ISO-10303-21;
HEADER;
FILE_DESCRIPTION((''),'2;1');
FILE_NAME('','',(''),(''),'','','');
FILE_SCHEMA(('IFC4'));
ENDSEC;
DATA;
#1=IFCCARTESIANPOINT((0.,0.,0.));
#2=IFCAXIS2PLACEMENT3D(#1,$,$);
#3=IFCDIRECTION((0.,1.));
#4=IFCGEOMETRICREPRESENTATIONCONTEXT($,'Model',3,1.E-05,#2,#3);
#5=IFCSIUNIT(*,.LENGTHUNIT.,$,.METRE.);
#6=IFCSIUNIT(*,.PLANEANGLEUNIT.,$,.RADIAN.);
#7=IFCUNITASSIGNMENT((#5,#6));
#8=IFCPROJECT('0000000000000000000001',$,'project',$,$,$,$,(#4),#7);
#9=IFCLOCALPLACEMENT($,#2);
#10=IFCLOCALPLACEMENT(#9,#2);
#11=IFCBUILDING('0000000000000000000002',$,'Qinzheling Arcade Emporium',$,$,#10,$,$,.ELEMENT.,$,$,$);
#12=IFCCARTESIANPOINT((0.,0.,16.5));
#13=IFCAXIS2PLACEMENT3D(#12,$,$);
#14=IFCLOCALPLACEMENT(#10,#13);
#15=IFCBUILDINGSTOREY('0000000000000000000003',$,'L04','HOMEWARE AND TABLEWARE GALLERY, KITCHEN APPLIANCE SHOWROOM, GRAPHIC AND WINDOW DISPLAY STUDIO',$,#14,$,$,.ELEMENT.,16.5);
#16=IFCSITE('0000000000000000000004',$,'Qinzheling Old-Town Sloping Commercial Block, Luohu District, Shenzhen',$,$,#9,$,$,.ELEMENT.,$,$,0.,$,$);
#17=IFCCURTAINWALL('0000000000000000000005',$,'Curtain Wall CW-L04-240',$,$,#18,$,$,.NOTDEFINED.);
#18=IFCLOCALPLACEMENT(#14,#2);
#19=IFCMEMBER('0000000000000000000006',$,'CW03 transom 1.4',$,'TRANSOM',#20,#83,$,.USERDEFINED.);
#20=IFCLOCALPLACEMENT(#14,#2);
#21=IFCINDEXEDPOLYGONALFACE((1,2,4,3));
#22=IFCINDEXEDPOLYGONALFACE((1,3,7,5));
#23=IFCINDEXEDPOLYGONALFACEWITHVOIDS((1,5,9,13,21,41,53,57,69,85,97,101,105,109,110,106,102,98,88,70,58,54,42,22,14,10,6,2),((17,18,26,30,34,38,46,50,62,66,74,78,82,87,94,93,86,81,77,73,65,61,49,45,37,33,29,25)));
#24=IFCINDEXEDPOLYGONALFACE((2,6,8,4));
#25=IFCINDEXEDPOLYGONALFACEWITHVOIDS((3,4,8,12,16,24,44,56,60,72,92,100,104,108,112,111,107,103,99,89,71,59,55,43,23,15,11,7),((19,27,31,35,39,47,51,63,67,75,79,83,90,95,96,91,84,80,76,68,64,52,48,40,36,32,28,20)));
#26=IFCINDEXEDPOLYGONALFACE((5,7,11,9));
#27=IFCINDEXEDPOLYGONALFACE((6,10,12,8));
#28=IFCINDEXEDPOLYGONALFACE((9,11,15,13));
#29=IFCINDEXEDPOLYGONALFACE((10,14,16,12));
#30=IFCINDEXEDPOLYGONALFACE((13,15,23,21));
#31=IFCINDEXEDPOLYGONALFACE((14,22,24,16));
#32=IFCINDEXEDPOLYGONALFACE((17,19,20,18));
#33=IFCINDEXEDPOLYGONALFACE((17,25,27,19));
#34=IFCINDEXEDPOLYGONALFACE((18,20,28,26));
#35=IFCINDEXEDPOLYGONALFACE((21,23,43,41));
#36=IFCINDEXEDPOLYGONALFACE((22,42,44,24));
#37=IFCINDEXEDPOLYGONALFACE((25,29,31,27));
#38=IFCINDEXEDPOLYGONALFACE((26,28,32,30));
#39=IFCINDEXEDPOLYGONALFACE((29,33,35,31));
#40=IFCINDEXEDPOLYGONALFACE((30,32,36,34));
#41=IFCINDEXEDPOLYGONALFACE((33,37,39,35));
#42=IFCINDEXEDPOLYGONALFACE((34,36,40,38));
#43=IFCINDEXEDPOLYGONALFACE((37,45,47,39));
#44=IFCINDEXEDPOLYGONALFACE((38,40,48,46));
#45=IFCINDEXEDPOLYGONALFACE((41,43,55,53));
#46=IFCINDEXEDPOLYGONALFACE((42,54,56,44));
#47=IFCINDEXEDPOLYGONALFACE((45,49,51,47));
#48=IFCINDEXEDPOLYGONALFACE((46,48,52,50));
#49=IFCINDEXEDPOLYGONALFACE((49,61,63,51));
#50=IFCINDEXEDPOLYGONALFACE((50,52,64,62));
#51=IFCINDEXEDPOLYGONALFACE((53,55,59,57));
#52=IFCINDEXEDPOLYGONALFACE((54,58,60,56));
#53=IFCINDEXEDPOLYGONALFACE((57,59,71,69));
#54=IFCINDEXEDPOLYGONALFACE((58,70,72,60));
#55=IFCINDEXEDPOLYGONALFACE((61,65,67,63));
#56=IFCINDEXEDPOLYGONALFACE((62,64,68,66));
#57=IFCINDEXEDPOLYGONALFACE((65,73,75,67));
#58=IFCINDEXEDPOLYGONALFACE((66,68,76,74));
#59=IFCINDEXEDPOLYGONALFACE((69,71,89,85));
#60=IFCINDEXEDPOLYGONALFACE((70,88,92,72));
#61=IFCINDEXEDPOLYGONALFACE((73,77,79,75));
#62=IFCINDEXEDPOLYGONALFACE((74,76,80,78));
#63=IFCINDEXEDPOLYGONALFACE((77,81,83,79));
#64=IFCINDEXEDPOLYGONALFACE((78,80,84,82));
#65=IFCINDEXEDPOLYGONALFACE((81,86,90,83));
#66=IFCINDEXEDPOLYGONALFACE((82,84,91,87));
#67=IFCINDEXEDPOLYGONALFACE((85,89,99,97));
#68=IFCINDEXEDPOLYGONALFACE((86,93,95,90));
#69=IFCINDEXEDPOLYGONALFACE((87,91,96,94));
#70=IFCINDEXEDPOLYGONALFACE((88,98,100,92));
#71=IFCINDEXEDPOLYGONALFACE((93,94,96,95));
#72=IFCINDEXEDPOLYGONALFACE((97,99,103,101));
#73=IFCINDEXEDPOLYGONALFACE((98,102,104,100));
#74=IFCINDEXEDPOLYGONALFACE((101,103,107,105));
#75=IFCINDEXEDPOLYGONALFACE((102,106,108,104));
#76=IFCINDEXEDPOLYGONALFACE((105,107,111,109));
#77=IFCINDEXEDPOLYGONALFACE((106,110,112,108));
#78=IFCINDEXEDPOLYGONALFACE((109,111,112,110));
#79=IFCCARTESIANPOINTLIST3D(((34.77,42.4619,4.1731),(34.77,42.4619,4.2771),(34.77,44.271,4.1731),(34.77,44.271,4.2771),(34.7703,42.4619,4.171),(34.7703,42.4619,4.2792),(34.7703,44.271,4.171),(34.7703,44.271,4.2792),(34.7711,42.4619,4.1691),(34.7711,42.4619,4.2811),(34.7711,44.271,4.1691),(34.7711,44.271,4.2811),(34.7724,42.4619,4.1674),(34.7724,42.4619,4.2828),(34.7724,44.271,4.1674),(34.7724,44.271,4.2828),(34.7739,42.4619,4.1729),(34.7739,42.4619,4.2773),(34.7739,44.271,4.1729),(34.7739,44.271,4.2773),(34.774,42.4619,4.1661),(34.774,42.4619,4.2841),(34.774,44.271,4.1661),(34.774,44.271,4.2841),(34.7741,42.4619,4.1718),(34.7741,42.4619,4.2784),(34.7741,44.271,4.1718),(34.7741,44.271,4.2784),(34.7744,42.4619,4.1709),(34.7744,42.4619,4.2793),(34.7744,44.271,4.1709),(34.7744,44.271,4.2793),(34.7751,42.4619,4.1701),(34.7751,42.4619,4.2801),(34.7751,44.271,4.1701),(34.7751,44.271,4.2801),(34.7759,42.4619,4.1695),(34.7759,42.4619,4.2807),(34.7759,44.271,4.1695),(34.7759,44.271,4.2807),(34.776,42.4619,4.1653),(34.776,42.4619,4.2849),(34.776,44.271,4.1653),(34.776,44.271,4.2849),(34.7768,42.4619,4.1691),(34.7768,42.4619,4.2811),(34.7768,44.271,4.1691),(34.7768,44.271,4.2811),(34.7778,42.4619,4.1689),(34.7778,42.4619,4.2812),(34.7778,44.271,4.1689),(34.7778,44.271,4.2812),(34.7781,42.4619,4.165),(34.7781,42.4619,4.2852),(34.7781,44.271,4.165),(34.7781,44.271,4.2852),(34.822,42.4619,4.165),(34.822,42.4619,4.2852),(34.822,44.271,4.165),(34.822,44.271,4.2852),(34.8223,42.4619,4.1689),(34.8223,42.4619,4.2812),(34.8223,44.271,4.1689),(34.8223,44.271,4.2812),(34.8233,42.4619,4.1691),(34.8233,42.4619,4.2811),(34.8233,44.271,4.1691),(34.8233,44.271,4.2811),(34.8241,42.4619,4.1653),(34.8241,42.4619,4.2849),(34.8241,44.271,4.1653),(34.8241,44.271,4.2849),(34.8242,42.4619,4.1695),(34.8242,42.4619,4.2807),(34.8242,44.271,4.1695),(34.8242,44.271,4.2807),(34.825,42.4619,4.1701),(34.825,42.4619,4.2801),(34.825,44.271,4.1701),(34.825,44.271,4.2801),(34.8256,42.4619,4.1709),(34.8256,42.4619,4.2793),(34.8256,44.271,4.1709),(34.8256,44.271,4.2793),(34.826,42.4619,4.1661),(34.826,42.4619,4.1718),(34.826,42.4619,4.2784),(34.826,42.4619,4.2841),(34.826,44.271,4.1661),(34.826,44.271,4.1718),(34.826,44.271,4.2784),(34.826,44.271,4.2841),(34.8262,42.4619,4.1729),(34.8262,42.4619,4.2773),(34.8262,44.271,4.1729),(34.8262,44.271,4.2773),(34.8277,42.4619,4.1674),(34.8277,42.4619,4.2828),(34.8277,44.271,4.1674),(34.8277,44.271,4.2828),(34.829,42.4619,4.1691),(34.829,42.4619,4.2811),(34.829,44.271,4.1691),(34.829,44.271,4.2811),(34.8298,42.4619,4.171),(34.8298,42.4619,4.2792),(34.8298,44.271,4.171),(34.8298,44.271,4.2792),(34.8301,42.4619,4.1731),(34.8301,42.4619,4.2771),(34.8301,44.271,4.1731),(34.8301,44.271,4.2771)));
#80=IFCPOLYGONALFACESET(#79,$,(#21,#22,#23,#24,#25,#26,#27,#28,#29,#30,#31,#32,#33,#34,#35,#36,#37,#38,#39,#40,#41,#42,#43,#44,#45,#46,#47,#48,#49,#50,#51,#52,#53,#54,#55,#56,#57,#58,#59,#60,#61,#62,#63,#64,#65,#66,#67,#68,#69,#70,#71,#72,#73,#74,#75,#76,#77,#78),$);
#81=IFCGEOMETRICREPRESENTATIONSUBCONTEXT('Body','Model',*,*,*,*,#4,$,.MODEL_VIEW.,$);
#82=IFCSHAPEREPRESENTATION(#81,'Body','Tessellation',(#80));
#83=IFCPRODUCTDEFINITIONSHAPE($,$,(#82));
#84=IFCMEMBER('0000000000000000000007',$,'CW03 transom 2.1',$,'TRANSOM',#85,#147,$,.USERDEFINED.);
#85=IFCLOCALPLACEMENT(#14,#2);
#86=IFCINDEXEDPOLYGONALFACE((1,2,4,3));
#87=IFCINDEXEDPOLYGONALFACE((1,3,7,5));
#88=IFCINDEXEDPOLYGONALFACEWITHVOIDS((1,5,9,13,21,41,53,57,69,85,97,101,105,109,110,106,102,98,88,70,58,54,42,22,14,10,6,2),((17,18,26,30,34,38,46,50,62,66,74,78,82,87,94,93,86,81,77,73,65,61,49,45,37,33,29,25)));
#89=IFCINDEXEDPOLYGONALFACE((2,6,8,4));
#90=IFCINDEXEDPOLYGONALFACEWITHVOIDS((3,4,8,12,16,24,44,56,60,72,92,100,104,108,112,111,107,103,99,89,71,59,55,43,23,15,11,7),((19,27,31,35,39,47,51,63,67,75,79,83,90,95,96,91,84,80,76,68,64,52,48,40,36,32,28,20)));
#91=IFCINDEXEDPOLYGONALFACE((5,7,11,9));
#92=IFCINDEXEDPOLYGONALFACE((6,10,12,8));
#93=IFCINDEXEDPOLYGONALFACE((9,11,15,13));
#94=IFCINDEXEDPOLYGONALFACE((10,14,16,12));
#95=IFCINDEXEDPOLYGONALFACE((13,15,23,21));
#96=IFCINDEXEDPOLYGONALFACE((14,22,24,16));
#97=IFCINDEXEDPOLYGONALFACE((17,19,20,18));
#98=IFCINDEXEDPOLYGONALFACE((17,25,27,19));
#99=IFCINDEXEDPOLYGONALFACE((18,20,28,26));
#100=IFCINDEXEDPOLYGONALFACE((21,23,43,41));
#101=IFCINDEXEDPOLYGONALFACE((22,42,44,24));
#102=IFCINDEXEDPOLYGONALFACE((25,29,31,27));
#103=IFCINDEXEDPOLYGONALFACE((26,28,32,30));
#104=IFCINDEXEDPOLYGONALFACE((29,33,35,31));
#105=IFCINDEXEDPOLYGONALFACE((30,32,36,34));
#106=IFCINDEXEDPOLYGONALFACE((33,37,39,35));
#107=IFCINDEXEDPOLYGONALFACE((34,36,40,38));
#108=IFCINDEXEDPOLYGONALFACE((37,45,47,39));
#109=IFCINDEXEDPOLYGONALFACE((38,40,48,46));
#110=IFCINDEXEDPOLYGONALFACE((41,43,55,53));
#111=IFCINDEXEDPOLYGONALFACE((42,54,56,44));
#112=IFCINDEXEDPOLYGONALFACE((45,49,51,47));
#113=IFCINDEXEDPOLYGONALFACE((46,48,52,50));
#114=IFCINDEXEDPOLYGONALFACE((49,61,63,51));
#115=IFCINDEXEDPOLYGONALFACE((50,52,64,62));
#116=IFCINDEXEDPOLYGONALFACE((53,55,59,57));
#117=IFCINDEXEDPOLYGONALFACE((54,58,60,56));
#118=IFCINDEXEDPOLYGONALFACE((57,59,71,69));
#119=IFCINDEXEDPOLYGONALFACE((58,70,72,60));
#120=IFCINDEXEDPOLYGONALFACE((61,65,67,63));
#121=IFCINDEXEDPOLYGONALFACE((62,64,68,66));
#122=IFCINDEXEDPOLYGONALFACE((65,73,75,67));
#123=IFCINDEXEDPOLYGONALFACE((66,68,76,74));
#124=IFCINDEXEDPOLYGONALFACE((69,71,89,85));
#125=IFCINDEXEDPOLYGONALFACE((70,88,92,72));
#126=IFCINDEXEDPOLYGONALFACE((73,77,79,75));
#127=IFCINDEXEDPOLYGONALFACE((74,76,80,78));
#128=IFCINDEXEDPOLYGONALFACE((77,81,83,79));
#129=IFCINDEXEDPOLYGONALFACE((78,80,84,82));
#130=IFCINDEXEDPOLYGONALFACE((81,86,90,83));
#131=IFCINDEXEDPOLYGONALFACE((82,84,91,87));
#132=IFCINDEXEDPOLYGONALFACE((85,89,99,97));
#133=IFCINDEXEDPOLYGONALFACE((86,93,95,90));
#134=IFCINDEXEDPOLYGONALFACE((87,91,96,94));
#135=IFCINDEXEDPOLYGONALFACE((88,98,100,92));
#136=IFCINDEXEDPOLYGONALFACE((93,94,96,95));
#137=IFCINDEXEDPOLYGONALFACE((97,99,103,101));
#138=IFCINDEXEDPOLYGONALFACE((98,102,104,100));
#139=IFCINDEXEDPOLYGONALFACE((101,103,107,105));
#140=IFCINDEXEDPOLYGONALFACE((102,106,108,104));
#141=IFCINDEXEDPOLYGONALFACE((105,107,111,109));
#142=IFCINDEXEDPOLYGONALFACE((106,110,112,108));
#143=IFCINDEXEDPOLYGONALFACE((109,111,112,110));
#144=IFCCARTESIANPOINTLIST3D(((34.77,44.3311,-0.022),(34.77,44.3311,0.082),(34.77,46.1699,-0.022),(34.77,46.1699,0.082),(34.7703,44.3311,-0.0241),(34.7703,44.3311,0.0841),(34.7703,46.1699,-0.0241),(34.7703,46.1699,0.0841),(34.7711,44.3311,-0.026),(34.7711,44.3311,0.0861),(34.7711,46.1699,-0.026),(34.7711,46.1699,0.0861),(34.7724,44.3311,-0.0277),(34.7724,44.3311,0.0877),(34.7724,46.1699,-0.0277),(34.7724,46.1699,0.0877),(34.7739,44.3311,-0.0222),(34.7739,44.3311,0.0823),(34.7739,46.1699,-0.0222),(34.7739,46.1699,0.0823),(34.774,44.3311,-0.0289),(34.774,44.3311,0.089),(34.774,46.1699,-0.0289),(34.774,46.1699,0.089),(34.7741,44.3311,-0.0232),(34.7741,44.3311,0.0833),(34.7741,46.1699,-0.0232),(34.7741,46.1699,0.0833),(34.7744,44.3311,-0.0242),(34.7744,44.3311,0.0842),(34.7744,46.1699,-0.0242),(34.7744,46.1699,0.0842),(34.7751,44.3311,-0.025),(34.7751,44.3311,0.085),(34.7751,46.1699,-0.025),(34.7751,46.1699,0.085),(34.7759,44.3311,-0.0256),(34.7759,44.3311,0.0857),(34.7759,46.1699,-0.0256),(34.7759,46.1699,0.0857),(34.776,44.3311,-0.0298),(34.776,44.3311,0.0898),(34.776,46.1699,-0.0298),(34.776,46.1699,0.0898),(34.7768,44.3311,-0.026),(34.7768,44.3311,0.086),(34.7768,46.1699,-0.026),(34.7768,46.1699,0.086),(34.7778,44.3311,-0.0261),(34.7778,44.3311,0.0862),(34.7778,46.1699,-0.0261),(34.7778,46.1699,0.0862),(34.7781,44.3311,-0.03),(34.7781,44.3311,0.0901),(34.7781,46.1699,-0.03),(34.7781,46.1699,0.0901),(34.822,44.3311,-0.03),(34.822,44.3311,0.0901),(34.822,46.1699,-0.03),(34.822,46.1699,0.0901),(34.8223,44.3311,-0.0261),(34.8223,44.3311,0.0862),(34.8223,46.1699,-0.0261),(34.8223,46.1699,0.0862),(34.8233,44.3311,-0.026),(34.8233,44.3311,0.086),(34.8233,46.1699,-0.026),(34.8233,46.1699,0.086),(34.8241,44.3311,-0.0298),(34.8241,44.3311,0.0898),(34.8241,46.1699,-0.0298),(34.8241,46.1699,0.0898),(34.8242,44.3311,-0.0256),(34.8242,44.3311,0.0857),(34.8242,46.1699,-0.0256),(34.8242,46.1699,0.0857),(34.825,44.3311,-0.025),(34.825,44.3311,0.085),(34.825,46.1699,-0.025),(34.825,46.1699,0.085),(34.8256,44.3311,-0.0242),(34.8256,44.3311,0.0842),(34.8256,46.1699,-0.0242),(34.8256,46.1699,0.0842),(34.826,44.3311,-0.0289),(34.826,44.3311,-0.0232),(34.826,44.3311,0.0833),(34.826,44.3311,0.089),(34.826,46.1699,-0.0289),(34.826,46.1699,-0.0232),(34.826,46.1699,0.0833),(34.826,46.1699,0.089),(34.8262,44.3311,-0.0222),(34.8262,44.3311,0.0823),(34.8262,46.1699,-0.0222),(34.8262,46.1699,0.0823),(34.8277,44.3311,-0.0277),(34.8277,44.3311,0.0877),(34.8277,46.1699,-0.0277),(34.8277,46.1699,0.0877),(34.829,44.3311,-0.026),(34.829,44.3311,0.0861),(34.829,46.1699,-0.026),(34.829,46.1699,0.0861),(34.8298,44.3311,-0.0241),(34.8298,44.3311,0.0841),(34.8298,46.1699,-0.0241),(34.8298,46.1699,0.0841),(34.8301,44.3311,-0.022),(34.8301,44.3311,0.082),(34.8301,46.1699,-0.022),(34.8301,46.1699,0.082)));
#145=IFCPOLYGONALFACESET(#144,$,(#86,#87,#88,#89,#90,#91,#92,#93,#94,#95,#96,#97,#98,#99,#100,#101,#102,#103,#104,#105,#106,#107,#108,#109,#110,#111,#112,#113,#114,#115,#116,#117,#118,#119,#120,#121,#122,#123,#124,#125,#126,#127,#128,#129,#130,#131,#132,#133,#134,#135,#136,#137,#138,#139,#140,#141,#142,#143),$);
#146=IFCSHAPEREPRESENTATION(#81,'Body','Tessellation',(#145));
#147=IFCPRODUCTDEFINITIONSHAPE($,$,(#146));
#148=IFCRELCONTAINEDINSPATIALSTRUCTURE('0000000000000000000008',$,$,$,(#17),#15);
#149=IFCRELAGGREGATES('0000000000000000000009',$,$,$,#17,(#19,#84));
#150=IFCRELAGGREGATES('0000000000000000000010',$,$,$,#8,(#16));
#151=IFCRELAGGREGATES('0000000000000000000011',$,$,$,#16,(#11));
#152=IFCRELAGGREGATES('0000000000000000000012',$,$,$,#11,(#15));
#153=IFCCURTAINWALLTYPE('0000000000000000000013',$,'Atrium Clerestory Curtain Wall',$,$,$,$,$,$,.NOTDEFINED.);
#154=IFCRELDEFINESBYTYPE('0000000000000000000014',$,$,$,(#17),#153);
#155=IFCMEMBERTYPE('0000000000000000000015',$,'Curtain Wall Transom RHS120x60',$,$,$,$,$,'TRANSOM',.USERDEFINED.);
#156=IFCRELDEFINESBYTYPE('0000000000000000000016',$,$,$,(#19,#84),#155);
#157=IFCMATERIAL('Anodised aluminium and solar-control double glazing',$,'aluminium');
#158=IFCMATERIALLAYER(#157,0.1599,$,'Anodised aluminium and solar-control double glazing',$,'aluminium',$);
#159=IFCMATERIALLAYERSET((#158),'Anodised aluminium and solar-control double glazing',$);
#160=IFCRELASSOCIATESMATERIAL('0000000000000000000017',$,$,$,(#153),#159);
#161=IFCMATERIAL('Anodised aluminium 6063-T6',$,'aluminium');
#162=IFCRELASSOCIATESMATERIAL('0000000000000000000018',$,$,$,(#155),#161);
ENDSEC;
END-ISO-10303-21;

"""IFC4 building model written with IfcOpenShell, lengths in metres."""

from ifc_helpers import new_model, si_unit, direction, frame, origin, origin_2d, place, context, subcontext, project, spatial, hollow_rectangle, extrude, material, layer, layer_set, material_profile, profile_set, type_object, element, aggregate, save


model = new_model("IFC4")

# Units and contexts
model_context = context("Model", 3, precision=1e-05, world=origin(), true_north=direction((0.0, 1.0)))
body_context = subcontext(model_context, "Body", "Model", "MODEL_VIEW")
ifc_project = project(units=[si_unit("LENGTHUNIT", "METRE"), si_unit("PLANEANGLEUNIT", "RADIAN")], contexts=[model_context])

# Site, building, storey
site_placement = place(None, origin())
site = spatial("IfcSite", under=ifc_project, at=site_placement, Name="Qinzheling Old-Town Sloping Commercial Block, Luohu District, Shenzhen", CompositionType="ELEMENT", RefElevation=0.0)
building_placement = place(site_placement, origin())
building = spatial("IfcBuilding", under=site, at=building_placement, Name="Qinzheling Arcade Emporium", CompositionType="ELEMENT")
storey_placement = place(building_placement, frame((0.0, 0.0, 16.5)))
storey = spatial("IfcBuildingStorey", under=building, at=storey_placement, Name="L04", Description="HOMEWARE AND TABLEWARE GALLERY, KITCHEN APPLIANCE SHOWROOM, GRAPHIC AND WINDOW DISPLAY STUDIO", CompositionType="ELEMENT", Elevation=16.5)

# Curtain wall
ifc_material_1 = material(Name="Anodised aluminium and solar-control double glazing", Category="aluminium")
ifc_layer_1 = layer(ifc_material_1, 0.1599, Name="Anodised aluminium and solar-control double glazing", Category="aluminium")
ifc_layer_set_1 = layer_set([ifc_layer_1], Name="Anodised aluminium and solar-control double glazing")
curtain_wall_type = type_object("IfcCurtainWallType", Name="Atrium Clerestory Curtain Wall", PredefinedType="NOTDEFINED", material=ifc_layer_set_1)
curtain_wall_1_placement = place(storey_placement, origin())
curtain_wall_1 = element("IfcCurtainWall", 1, at=curtain_wall_1_placement, inside=storey, type_object=curtain_wall_type, Name="Curtain Wall CW-L04-240", PredefinedType="NOTDEFINED")
ifc_material_2 = material(Name="Anodised aluminium 6063-T6", Category="aluminium")

# Members
ifc_material_profile_1 = material_profile(ifc_material_2, hollow_rectangle(XDim=0.0601, YDim=0.1201, WallThickness=0.0039, InnerFilletRadius=0.0039, OuterFilletRadius=0.0081, at=origin_2d()), Name="RHS 120x60x4", Category="aluminium")
ifc_profile_set_1 = profile_set([ifc_material_profile_1], Name="Anodised aluminium 6063-T6")
member_type_1 = type_object("IfcMemberType", Name="Curtain Wall Transom RHS120x60", ElementType="TRANSOM", PredefinedType="USERDEFINED", material=ifc_profile_set_1)
member_1_placement = place(storey_placement, frame((34.8, 42.4619, 4.2251), z_axis=(0.0, 1.0, 0.0), x_axis=(-1.0, 0.0, 0.0)))
member_1 = element("IfcMember", 2, at=member_1_placement, type_object=member_type_1, Name="CW03 transom 1.4", ObjectType="TRANSOM", PredefinedType="USERDEFINED", context=body_context, shape_type="SweptSolid", body=[
    extrude(hollow_rectangle(XDim=0.0601, YDim=0.1201, WallThickness=0.0039, InnerFilletRadius=0.0039, OuterFilletRadius=0.0081, at=origin_2d()), origin(), (0.0, 0.0, 1.0), 1.8091),
])
member_2_placement = place(storey_placement, frame((34.8, 44.3311, 0.03), z_axis=(0.0, 1.0, 0.0), x_axis=(-1.0, 0.0, 0.0)))
member_2 = element("IfcMember", 3, at=member_2_placement, type_object=member_type_1, Name="CW03 transom 2.1", ObjectType="TRANSOM", PredefinedType="USERDEFINED", context=body_context, shape_type="SweptSolid", body=[
    extrude(hollow_rectangle(XDim=0.0601, YDim=0.1201, WallThickness=0.0039, InnerFilletRadius=0.0039, OuterFilletRadius=0.0081, at=origin_2d()), origin(), (0.0, 0.0, 1.0), 1.8389),
])

aggregate(curtain_wall_1, [member_1, member_2])

save(model, "model.ifc")
